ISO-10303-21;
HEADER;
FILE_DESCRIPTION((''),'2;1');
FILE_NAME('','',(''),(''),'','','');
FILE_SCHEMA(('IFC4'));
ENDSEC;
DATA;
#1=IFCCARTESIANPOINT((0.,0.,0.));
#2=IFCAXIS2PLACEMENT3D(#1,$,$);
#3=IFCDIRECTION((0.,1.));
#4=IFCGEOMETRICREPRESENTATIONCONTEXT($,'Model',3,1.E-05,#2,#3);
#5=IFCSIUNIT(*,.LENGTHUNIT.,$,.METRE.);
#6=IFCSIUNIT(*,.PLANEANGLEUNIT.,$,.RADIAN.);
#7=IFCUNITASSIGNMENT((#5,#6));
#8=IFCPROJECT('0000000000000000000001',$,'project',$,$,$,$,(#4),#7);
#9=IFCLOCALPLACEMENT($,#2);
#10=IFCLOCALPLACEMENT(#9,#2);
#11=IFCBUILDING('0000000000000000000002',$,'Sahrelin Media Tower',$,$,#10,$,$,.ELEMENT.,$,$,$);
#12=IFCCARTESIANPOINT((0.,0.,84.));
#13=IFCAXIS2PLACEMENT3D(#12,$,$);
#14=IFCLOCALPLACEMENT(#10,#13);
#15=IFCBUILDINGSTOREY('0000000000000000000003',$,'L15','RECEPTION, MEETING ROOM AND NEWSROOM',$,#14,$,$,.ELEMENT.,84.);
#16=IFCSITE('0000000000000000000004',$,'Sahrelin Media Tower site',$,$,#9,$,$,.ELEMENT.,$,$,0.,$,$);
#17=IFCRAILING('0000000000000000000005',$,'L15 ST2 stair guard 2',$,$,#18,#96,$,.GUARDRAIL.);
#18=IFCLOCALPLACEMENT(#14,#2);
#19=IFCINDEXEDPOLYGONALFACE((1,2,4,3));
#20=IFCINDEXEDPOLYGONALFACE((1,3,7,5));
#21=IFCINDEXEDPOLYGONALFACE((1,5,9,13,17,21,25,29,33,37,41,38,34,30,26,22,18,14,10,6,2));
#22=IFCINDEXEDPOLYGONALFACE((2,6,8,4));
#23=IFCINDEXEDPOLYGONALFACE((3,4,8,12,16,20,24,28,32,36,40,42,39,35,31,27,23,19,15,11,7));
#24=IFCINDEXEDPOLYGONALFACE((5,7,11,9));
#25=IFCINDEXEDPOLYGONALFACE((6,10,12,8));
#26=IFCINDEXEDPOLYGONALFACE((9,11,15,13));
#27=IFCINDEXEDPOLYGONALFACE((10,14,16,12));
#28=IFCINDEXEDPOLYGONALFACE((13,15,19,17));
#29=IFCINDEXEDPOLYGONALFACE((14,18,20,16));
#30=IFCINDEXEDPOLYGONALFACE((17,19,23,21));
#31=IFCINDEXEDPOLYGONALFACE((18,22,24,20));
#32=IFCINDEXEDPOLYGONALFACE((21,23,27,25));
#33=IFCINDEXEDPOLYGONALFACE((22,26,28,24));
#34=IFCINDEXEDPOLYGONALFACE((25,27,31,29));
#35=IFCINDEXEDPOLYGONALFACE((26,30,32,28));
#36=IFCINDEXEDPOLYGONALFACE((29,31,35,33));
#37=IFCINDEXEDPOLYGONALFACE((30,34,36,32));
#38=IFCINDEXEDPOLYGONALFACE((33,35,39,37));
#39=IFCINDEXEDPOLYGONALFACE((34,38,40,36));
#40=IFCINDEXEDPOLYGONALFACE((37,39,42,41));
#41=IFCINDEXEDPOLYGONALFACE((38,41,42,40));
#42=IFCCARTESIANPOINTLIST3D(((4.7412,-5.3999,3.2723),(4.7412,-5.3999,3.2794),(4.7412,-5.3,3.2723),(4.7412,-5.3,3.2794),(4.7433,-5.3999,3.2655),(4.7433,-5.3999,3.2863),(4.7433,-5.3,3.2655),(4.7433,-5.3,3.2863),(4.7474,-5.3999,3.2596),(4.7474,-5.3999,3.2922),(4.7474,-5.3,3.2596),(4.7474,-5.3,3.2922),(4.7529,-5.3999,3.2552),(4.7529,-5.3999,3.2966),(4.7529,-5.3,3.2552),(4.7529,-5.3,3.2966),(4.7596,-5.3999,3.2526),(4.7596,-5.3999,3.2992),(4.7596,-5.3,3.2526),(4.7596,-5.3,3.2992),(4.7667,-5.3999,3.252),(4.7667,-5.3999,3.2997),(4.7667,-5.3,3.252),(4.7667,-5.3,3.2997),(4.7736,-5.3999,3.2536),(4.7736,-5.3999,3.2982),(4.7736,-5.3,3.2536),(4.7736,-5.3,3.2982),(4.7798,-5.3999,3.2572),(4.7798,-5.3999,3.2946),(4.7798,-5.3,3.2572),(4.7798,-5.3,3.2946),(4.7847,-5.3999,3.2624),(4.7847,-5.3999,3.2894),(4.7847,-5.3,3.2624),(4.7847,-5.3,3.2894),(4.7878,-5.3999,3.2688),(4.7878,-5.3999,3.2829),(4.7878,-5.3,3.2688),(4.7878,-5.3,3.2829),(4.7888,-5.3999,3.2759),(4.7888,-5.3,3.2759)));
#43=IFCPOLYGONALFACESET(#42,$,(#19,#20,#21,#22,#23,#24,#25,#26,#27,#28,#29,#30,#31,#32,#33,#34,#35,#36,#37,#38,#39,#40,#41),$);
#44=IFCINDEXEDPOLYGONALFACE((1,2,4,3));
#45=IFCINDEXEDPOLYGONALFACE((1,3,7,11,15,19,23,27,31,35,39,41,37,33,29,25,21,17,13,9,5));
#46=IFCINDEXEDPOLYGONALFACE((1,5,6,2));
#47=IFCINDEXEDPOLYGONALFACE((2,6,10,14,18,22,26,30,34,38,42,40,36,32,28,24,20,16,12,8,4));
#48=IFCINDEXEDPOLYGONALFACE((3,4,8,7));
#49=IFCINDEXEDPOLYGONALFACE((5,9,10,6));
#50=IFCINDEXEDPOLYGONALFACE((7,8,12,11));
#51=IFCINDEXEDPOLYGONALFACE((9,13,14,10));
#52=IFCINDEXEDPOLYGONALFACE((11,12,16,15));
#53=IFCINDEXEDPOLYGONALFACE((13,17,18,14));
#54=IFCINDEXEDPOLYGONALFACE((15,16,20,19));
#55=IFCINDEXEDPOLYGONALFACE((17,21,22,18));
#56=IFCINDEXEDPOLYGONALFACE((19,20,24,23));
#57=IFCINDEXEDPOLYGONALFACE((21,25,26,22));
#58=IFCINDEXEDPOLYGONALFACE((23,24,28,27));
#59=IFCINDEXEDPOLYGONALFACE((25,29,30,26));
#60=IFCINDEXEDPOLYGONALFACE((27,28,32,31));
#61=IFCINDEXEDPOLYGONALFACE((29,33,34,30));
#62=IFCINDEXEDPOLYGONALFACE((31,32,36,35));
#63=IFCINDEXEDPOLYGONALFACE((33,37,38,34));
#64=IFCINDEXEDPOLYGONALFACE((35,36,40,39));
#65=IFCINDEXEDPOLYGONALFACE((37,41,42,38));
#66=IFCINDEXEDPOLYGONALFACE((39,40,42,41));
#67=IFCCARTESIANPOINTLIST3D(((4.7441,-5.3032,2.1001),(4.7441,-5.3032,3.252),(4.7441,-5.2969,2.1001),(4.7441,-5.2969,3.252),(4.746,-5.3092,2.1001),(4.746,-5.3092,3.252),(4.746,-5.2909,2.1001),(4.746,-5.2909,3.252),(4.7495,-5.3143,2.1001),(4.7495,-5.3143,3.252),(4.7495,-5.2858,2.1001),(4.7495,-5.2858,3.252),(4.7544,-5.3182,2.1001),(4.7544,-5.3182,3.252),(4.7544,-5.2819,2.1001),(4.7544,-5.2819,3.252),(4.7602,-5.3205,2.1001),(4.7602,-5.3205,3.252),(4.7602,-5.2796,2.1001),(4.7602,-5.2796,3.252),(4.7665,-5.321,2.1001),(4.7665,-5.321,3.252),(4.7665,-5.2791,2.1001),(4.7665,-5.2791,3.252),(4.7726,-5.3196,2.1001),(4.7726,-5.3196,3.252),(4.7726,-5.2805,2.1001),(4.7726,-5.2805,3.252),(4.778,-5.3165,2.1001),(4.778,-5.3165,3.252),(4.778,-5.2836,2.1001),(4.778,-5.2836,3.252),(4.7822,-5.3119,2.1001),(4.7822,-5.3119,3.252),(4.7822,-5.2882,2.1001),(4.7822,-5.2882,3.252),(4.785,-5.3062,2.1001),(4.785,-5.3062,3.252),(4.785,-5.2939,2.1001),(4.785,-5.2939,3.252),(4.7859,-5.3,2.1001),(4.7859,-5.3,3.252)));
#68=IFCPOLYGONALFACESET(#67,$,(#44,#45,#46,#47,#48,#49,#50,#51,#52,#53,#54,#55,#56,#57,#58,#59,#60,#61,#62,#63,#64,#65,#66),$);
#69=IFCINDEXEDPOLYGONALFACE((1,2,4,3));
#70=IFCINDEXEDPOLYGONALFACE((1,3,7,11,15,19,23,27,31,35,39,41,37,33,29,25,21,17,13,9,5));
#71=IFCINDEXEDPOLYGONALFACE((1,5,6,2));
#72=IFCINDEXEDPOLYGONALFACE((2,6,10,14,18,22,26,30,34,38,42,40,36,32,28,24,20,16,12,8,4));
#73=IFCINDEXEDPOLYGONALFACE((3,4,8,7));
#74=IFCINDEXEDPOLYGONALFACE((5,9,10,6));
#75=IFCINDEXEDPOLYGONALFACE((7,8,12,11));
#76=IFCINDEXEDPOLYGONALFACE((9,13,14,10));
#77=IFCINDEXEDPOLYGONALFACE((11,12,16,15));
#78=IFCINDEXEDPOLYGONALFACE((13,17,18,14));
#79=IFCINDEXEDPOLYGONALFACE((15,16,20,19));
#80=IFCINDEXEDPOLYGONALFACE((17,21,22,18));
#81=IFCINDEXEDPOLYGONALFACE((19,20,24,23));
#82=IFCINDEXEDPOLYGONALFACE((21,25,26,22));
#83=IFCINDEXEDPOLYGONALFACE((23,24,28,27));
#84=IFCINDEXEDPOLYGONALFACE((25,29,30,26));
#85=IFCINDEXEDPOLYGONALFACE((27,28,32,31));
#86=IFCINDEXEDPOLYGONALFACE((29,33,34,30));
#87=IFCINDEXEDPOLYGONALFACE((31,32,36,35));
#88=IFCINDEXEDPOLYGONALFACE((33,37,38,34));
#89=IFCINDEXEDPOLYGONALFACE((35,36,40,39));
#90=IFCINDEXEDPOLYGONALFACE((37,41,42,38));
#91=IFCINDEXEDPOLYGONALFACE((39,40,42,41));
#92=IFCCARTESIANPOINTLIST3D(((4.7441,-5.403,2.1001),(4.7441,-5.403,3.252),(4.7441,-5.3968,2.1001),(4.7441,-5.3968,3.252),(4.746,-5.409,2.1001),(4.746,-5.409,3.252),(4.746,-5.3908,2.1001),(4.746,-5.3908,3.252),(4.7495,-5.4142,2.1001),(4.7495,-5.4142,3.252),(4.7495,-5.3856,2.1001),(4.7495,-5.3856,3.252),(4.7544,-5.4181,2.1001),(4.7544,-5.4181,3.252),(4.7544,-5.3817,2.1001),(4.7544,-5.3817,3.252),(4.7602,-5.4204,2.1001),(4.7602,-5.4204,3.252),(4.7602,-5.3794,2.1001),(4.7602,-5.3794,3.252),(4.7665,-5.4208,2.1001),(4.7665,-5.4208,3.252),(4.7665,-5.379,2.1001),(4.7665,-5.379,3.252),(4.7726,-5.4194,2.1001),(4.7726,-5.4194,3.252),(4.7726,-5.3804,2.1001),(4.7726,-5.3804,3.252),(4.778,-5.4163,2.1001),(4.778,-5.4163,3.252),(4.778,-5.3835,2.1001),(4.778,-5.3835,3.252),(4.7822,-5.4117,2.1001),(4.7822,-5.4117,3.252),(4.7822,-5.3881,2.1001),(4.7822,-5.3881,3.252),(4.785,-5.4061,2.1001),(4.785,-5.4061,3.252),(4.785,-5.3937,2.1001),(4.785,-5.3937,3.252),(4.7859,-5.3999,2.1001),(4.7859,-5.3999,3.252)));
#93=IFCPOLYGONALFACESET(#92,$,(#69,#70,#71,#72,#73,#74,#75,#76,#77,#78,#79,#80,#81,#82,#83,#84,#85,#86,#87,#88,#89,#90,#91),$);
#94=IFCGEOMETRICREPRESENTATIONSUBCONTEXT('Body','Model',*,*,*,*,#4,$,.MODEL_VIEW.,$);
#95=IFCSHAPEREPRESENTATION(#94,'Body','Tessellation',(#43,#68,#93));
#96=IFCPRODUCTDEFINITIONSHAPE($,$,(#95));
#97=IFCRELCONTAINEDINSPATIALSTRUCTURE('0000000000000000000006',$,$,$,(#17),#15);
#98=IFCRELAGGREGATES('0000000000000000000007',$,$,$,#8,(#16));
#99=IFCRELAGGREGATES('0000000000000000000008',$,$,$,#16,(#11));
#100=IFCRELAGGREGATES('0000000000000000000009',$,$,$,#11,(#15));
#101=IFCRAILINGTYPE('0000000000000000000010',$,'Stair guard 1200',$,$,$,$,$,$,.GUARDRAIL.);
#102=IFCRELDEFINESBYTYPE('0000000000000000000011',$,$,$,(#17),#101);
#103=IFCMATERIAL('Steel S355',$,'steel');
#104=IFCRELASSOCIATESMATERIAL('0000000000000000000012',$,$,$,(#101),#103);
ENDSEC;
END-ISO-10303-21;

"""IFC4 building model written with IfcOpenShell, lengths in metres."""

from ifc_helpers import new_model, si_unit, direction, frame, origin, origin_2d, place, context, subcontext, project, spatial, circle, extrude, material, type_object, element, save


model = new_model("IFC4")

# Units and contexts
model_context = context("Model", 3, precision=1e-05, world=origin(), true_north=direction((0.0, 1.0)))
body_context = subcontext(model_context, "Body", "Model", "MODEL_VIEW")
ifc_project = project(units=[si_unit("LENGTHUNIT", "METRE"), si_unit("PLANEANGLEUNIT", "RADIAN")], contexts=[model_context])

# Site, building, storey
site_placement = place(None, origin())
site = spatial("IfcSite", under=ifc_project, at=site_placement, Name="Sahrelin Media Tower site", CompositionType="ELEMENT", RefElevation=0.0)
building_placement = place(site_placement, origin())
building = spatial("IfcBuilding", under=site, at=building_placement, Name="Sahrelin Media Tower", CompositionType="ELEMENT")
storey_placement = place(building_placement, frame((0.0, 0.0, 84.0)))
storey = spatial("IfcBuildingStorey", under=building, at=storey_placement, Name="L15", Description="RECEPTION, MEETING ROOM AND NEWSROOM", CompositionType="ELEMENT", Elevation=84.0)

# Shared definitions
ifc_material_1 = material(Name="Steel S355", Category="steel")

# Railing
railing_type_1 = type_object("IfcRailingType", Name="Stair guard 1200", PredefinedType="GUARDRAIL", material=ifc_material_1)
railing_1_placement = place(storey_placement, frame((4.7649, -5.3, 2.1001)))
element("IfcRailing", 1, at=railing_1_placement, inside=storey, type_object=railing_type_1, Name="L15 ST2 stair guard 2", PredefinedType="GUARDRAIL", context=body_context, shape_type="SweptSolid", body=[
    extrude(circle(Radius=0.0239, at=origin_2d()), frame((0.0, 0.0, 1.1758), z_axis=(0.0, -1.0, 0.0), x_axis=(1.0, 0.0, 0.0)), (0.0, 0.0, 1.0), 0.0999),
    extrude(circle(Radius=0.021, at=origin_2d()), origin(), (0.0, 0.0, 1.0), 1.1519),
    extrude(circle(Radius=0.021, at=origin_2d()), frame((0.0, -0.0999, 0.0)), (0.0, 0.0, 1.0), 1.1519),
])

save(model, "model.ifc")
